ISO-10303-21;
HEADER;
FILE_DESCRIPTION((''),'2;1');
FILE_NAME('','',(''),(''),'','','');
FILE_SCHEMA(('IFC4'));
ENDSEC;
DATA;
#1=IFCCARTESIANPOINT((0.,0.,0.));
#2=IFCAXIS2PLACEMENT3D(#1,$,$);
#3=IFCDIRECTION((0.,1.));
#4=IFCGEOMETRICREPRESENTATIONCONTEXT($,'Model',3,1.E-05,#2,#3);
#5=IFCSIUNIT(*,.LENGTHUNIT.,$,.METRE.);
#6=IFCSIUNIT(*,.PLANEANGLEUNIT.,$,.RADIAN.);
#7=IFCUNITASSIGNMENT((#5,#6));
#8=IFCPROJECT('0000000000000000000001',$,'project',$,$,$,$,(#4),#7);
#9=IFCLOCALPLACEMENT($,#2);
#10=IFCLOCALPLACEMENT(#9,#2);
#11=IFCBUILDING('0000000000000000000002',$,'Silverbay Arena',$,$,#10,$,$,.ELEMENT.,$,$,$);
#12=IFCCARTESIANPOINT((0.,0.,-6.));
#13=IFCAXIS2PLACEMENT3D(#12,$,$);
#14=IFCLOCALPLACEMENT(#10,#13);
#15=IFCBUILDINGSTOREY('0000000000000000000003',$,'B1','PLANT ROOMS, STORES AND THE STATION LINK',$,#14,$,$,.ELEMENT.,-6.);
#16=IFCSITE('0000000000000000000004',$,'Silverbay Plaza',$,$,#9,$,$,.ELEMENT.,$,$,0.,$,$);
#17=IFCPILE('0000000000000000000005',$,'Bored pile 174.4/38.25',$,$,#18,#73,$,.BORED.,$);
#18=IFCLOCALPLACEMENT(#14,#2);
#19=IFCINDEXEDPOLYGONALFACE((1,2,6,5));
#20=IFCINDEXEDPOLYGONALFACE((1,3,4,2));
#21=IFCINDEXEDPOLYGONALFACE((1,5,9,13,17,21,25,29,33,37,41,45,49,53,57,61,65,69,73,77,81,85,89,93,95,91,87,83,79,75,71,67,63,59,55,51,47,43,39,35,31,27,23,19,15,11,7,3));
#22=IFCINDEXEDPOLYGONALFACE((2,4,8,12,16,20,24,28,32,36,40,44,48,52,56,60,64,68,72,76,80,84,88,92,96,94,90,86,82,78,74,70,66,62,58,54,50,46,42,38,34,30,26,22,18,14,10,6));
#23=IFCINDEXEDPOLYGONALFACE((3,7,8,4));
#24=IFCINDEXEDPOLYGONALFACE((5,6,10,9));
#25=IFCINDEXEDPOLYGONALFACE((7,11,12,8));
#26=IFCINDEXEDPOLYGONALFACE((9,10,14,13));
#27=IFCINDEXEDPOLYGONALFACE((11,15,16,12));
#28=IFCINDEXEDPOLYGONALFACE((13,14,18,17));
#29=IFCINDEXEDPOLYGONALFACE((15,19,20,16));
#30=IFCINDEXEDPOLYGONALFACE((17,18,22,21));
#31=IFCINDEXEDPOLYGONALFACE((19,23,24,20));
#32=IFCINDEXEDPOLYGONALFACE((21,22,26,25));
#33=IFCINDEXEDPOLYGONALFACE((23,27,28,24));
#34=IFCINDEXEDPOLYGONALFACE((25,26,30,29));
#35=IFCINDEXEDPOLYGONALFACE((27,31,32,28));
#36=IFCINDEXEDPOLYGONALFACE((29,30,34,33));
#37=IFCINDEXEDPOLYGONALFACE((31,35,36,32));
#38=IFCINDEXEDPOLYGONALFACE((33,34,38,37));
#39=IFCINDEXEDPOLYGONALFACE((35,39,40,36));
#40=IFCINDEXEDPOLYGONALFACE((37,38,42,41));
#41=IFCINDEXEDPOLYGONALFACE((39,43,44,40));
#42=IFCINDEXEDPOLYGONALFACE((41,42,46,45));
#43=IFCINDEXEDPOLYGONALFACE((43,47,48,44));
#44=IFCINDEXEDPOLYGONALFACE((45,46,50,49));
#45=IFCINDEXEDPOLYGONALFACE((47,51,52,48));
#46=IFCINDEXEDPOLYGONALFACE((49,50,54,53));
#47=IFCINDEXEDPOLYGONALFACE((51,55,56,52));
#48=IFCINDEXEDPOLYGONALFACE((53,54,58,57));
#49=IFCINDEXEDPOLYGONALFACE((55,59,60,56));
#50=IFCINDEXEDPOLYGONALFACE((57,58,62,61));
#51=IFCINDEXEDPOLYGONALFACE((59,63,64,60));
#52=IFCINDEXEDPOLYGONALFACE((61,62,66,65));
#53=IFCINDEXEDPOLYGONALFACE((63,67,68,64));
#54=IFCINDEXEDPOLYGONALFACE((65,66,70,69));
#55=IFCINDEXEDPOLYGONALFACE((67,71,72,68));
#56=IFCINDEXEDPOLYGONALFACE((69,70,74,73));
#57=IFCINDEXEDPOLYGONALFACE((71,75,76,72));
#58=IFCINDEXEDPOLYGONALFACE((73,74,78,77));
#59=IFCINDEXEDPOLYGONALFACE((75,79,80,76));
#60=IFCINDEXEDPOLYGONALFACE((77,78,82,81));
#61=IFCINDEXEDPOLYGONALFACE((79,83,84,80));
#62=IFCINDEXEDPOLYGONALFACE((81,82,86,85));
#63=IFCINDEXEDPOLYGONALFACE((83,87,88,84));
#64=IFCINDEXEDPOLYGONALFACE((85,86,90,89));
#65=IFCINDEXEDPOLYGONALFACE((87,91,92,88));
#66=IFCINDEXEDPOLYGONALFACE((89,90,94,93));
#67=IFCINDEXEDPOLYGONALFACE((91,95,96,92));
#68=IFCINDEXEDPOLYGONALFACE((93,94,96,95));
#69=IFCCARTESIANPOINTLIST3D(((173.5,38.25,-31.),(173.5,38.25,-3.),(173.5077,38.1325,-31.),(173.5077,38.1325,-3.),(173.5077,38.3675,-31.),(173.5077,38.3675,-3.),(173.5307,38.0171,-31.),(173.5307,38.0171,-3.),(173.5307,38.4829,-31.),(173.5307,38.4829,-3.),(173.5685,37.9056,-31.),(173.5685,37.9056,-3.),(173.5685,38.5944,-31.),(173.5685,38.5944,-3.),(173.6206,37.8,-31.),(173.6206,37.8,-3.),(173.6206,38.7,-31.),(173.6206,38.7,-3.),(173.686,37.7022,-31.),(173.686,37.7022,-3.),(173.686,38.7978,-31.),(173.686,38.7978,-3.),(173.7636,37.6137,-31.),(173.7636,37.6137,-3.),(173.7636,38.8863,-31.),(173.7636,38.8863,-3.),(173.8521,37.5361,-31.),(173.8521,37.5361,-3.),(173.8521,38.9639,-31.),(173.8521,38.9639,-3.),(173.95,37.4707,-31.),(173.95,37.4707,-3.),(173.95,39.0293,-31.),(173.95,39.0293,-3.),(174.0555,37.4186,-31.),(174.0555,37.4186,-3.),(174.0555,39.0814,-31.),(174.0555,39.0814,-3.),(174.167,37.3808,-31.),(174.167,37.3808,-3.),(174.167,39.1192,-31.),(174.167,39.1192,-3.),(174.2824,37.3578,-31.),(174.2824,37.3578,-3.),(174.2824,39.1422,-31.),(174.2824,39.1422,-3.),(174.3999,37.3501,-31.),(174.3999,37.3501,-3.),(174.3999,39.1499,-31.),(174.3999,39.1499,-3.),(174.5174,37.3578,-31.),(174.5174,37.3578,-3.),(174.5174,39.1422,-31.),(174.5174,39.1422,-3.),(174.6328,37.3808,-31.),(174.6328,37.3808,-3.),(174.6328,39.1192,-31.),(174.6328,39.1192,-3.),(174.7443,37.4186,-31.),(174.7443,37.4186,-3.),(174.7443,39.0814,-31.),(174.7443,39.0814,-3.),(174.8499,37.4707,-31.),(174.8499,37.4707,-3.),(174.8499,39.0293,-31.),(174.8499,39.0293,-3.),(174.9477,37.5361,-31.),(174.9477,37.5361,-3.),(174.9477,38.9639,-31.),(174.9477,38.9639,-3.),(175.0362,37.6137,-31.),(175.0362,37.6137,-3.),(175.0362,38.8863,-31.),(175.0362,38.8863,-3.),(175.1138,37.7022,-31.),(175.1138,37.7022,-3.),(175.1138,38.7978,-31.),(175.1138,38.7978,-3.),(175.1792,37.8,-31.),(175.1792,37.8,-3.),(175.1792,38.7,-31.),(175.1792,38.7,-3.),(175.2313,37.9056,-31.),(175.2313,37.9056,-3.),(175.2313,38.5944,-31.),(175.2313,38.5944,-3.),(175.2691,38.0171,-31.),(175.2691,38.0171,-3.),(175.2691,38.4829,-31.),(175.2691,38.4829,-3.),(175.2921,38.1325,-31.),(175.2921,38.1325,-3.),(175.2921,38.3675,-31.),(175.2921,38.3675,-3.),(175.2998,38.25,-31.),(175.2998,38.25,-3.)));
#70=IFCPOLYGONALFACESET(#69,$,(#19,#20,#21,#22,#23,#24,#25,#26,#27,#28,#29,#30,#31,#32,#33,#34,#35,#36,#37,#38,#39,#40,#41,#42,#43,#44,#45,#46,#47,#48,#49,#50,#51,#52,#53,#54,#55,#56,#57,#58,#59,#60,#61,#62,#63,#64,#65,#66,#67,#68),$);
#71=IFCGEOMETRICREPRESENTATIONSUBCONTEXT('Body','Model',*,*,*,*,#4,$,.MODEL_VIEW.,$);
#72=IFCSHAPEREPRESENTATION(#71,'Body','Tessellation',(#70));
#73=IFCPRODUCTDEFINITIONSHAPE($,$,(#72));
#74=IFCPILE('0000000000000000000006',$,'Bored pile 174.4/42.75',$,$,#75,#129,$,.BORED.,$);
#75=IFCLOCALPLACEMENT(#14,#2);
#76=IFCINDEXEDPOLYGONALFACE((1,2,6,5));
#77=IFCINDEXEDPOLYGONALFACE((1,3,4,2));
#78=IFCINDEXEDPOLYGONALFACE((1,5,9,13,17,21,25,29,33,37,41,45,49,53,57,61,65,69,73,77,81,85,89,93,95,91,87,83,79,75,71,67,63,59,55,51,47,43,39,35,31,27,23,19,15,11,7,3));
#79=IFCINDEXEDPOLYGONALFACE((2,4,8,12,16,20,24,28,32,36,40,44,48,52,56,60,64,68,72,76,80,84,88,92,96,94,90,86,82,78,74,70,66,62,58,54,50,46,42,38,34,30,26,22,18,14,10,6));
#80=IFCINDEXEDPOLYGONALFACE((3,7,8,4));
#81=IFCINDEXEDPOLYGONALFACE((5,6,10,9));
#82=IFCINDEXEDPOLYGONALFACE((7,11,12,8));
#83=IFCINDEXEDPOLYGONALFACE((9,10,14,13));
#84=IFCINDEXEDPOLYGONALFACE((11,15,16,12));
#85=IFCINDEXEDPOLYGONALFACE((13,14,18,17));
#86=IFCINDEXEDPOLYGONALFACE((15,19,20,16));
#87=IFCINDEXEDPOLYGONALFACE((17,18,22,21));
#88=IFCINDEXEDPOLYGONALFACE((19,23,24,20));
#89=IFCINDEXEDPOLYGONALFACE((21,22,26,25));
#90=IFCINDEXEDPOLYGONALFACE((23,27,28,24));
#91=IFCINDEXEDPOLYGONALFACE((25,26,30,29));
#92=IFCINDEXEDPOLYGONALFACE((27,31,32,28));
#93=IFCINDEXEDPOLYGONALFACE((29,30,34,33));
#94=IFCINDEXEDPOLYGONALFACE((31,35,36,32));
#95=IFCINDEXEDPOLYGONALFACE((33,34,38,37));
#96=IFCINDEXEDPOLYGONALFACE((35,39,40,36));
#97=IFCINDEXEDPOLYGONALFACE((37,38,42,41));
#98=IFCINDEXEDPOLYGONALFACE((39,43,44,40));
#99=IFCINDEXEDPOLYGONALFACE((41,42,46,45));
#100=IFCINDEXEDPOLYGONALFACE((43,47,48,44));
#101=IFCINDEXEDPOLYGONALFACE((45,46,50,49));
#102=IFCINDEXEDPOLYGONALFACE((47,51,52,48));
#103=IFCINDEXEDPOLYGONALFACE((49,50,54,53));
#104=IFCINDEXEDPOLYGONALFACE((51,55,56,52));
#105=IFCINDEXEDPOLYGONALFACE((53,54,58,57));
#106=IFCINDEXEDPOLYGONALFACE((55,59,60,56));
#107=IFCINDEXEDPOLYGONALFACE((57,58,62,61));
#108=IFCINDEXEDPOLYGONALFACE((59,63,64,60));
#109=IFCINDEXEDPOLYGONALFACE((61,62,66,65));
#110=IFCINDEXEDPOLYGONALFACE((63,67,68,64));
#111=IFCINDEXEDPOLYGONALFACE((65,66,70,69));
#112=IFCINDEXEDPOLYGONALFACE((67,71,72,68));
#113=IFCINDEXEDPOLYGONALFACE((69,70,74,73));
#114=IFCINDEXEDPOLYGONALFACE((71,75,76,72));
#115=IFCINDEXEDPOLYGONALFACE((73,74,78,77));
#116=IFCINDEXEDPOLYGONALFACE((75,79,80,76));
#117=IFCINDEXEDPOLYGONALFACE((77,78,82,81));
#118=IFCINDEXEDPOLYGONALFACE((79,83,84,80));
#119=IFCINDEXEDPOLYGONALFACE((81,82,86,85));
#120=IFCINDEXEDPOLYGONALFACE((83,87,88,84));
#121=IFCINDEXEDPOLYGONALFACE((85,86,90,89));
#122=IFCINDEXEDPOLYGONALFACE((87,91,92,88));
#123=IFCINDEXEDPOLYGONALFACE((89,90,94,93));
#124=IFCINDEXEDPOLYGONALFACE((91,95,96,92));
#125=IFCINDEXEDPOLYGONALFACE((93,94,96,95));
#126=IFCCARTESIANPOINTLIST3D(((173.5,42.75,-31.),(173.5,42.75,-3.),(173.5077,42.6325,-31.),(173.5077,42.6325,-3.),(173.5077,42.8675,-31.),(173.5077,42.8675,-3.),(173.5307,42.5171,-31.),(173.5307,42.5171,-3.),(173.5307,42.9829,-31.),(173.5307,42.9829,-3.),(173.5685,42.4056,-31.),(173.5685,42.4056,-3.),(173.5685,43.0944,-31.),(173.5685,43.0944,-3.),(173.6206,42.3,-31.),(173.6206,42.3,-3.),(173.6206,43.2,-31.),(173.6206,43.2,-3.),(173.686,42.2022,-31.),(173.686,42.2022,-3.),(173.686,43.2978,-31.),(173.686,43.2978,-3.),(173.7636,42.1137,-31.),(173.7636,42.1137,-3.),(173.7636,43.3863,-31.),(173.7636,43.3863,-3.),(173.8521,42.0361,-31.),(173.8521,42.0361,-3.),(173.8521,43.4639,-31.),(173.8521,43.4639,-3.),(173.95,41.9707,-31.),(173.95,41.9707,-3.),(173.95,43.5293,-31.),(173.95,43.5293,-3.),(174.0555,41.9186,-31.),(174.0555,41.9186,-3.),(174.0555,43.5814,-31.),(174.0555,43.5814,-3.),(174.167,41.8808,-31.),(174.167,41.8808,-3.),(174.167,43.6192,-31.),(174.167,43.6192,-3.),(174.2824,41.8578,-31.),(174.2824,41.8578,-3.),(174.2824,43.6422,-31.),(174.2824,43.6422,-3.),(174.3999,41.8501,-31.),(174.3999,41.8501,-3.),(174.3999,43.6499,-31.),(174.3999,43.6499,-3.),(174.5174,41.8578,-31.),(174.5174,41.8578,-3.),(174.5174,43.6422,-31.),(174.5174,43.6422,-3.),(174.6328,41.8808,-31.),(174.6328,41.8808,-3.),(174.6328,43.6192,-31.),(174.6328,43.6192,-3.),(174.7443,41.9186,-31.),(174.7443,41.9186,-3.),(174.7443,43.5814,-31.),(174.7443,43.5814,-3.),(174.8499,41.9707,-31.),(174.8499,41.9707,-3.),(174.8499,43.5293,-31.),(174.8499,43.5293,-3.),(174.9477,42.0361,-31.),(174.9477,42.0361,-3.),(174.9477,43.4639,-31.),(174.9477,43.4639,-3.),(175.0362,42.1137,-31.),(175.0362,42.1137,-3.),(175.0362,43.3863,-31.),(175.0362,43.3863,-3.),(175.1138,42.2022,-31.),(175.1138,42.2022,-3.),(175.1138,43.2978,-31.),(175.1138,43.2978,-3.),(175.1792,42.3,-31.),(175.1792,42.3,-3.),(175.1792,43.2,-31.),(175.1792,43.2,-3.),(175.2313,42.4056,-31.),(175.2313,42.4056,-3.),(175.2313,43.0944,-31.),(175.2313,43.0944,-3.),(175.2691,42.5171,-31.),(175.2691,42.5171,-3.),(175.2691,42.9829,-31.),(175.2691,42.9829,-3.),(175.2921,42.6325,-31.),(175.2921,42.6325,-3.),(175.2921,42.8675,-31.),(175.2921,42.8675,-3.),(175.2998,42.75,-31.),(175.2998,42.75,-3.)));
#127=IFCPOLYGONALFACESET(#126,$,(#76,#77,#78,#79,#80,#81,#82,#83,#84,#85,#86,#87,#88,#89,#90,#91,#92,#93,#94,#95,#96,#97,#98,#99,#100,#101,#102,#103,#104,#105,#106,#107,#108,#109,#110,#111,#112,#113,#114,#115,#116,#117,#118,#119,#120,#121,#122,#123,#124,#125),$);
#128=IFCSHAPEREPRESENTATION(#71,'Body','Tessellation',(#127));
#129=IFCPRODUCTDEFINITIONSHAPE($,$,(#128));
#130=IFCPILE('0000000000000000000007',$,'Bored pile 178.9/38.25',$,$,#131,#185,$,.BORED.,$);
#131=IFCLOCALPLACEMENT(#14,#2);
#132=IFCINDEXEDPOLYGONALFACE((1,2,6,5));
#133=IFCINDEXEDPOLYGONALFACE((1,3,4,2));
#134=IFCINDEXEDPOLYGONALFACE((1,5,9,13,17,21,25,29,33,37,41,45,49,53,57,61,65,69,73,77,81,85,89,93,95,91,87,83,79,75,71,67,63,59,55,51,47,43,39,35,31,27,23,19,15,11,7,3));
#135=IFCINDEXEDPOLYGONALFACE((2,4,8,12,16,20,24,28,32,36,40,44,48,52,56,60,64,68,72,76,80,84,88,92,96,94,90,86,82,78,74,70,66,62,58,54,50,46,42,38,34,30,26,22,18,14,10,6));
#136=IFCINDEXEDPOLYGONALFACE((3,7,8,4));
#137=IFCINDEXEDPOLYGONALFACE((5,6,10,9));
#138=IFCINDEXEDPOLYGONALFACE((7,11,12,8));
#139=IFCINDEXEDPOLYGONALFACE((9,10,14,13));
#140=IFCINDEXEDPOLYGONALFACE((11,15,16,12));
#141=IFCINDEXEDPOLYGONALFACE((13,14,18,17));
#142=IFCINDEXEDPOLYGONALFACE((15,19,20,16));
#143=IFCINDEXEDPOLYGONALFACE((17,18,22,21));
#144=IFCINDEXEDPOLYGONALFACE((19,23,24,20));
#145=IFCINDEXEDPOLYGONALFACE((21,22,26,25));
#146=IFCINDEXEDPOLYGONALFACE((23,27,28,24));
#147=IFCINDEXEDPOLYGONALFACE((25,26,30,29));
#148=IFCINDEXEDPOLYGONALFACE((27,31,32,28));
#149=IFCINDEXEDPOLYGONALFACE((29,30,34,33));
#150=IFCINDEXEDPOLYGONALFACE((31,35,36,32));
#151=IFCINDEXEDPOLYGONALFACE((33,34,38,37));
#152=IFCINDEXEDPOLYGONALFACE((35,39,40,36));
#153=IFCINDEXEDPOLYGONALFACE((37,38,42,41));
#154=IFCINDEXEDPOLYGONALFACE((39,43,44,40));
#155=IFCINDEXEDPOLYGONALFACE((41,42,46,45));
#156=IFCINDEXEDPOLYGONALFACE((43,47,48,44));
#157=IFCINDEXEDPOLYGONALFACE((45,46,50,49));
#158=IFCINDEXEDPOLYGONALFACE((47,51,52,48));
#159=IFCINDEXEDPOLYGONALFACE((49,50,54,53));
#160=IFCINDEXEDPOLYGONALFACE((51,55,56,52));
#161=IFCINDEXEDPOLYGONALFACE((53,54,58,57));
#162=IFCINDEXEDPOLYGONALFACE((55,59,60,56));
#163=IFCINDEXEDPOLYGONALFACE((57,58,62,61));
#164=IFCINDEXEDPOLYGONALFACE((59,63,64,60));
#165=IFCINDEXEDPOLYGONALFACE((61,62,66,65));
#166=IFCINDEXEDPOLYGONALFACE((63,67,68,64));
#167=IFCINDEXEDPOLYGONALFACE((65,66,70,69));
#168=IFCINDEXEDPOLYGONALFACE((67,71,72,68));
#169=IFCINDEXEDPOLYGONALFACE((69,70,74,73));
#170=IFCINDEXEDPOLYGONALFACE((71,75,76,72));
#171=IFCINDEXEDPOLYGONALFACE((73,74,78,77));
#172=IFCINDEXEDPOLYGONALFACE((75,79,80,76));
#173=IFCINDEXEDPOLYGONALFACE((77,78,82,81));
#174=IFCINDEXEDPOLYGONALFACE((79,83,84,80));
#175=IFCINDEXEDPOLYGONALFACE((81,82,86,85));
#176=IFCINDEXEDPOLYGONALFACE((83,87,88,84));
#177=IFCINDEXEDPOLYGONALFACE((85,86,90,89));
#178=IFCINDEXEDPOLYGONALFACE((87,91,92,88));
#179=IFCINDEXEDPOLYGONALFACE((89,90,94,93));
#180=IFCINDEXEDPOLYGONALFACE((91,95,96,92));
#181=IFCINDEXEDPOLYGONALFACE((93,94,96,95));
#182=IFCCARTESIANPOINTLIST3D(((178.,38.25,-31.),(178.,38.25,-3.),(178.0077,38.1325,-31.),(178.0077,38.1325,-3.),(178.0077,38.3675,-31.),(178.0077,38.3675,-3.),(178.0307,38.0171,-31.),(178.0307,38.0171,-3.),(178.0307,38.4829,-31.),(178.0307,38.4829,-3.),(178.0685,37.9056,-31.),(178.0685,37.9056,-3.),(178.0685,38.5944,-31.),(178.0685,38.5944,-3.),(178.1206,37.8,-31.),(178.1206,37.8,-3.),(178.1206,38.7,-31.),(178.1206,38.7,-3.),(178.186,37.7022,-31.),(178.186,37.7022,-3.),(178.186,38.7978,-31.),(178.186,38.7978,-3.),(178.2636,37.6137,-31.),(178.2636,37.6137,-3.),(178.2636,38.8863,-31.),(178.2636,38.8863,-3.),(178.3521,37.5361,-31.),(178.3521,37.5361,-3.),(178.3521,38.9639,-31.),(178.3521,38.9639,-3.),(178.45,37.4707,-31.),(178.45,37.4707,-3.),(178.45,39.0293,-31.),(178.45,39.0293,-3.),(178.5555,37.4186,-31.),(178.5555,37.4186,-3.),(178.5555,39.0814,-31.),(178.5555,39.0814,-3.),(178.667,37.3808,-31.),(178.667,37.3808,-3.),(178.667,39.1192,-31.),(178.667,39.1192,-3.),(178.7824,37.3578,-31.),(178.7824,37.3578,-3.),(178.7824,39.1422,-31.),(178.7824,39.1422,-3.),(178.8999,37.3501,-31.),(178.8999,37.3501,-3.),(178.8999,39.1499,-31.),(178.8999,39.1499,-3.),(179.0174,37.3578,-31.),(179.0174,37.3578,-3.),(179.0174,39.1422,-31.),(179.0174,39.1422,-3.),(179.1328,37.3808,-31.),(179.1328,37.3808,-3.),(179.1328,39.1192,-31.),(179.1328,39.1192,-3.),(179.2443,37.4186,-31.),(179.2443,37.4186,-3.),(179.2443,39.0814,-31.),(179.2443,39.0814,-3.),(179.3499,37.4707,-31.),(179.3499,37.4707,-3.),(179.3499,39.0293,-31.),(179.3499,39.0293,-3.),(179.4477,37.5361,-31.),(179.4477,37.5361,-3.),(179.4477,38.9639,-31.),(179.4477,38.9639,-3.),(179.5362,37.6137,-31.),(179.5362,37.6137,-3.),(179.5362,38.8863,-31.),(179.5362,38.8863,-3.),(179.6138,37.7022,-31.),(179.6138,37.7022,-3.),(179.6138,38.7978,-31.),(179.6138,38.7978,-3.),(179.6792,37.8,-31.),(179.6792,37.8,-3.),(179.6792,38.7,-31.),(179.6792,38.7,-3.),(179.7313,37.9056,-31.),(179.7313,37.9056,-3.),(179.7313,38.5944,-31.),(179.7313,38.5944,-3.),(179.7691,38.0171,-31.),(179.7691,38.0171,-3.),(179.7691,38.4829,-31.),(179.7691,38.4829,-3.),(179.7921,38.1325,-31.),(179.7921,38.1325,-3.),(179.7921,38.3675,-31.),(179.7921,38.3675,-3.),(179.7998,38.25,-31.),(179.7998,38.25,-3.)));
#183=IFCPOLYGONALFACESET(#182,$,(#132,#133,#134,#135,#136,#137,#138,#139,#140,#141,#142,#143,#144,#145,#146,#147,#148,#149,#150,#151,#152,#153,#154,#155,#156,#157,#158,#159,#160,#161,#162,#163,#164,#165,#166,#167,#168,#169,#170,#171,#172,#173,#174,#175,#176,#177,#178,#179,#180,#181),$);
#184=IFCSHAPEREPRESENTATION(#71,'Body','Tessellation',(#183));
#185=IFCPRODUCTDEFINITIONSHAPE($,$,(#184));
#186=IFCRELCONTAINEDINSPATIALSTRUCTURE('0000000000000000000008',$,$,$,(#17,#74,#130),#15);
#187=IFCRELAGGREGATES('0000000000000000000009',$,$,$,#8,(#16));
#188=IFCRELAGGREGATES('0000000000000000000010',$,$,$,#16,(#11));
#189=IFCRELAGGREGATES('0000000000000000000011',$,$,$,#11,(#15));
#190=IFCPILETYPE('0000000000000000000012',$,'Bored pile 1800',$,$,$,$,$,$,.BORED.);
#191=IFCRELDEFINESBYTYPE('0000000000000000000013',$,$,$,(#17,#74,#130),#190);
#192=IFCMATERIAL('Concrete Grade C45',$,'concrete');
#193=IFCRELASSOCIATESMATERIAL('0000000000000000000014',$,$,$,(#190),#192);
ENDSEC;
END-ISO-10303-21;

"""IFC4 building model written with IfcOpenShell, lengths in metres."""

from ifc_helpers import new_model, si_unit, direction, frame, origin, origin_2d, place, context, subcontext, project, spatial, circle, extrude, material, material_profile, profile_set, type_object, element, save


model = new_model("IFC4")

# Units and contexts
model_context = context("Model", 3, precision=1e-05, world=origin(), true_north=direction((0.0, 1.0)))
body_context = subcontext(model_context, "Body", "Model", "MODEL_VIEW")
ifc_project = project(units=[si_unit("LENGTHUNIT", "METRE"), si_unit("PLANEANGLEUNIT", "RADIAN")], contexts=[model_context])

# Site, building, storey
site_placement = place(None, origin())
site = spatial("IfcSite", under=ifc_project, at=site_placement, Name="Silverbay Plaza", CompositionType="ELEMENT", RefElevation=0.0)
building_placement = place(site_placement, origin())
building = spatial("IfcBuilding", under=site, at=building_placement, Name="Silverbay Arena", CompositionType="ELEMENT")
storey_placement = place(building_placement, frame((0.0, 0.0, -6.0)))
storey = spatial("IfcBuildingStorey", under=building, at=storey_placement, Name="B1", Description="PLANT ROOMS, STORES AND THE STATION LINK", CompositionType="ELEMENT", Elevation=-6.0)

# Piles
ifc_material_1 = material(Name="Concrete Grade C45", Category="concrete")
ifc_material_profile = material_profile(ifc_material_1, circle(Radius=0.8999, at=origin_2d()), Name="Bored pile 1800")
ifc_profile_set = profile_set([ifc_material_profile], Name="Concrete Grade C45")
pile_type = type_object("IfcPileType", Name="Bored pile 1800", PredefinedType="BORED", material=ifc_profile_set)
for number, where, z_axis, x_axis, name in (
    (1, (174.3999, 38.25, -3.0), (0.0, 0.0, -1.0), (1.0, 0.0, 0.0), "Bored pile 174.4/38.25"),
    (2, (174.3999, 42.75, -3.0), (0.0, 0.0, -1.0), (1.0, 0.0, 0.0), "Bored pile 174.4/42.75"),
    (3, (178.8999, 38.25, -3.0), (0.0, 0.0, -1.0), (1.0, 0.0, 0.0), "Bored pile 178.9/38.25"),
):
    element("IfcPile", number, at=place(storey_placement, frame(where, z_axis=z_axis, x_axis=x_axis)), inside=storey, type_object=pile_type, Name=name, PredefinedType="BORED", context=body_context, shape_type="SweptSolid", body=[
        extrude(circle(Radius=0.8999, at=origin_2d()), origin(), (0.0, 0.0, 1.0), 28.0),
    ])

save(model, "model.ifc")
